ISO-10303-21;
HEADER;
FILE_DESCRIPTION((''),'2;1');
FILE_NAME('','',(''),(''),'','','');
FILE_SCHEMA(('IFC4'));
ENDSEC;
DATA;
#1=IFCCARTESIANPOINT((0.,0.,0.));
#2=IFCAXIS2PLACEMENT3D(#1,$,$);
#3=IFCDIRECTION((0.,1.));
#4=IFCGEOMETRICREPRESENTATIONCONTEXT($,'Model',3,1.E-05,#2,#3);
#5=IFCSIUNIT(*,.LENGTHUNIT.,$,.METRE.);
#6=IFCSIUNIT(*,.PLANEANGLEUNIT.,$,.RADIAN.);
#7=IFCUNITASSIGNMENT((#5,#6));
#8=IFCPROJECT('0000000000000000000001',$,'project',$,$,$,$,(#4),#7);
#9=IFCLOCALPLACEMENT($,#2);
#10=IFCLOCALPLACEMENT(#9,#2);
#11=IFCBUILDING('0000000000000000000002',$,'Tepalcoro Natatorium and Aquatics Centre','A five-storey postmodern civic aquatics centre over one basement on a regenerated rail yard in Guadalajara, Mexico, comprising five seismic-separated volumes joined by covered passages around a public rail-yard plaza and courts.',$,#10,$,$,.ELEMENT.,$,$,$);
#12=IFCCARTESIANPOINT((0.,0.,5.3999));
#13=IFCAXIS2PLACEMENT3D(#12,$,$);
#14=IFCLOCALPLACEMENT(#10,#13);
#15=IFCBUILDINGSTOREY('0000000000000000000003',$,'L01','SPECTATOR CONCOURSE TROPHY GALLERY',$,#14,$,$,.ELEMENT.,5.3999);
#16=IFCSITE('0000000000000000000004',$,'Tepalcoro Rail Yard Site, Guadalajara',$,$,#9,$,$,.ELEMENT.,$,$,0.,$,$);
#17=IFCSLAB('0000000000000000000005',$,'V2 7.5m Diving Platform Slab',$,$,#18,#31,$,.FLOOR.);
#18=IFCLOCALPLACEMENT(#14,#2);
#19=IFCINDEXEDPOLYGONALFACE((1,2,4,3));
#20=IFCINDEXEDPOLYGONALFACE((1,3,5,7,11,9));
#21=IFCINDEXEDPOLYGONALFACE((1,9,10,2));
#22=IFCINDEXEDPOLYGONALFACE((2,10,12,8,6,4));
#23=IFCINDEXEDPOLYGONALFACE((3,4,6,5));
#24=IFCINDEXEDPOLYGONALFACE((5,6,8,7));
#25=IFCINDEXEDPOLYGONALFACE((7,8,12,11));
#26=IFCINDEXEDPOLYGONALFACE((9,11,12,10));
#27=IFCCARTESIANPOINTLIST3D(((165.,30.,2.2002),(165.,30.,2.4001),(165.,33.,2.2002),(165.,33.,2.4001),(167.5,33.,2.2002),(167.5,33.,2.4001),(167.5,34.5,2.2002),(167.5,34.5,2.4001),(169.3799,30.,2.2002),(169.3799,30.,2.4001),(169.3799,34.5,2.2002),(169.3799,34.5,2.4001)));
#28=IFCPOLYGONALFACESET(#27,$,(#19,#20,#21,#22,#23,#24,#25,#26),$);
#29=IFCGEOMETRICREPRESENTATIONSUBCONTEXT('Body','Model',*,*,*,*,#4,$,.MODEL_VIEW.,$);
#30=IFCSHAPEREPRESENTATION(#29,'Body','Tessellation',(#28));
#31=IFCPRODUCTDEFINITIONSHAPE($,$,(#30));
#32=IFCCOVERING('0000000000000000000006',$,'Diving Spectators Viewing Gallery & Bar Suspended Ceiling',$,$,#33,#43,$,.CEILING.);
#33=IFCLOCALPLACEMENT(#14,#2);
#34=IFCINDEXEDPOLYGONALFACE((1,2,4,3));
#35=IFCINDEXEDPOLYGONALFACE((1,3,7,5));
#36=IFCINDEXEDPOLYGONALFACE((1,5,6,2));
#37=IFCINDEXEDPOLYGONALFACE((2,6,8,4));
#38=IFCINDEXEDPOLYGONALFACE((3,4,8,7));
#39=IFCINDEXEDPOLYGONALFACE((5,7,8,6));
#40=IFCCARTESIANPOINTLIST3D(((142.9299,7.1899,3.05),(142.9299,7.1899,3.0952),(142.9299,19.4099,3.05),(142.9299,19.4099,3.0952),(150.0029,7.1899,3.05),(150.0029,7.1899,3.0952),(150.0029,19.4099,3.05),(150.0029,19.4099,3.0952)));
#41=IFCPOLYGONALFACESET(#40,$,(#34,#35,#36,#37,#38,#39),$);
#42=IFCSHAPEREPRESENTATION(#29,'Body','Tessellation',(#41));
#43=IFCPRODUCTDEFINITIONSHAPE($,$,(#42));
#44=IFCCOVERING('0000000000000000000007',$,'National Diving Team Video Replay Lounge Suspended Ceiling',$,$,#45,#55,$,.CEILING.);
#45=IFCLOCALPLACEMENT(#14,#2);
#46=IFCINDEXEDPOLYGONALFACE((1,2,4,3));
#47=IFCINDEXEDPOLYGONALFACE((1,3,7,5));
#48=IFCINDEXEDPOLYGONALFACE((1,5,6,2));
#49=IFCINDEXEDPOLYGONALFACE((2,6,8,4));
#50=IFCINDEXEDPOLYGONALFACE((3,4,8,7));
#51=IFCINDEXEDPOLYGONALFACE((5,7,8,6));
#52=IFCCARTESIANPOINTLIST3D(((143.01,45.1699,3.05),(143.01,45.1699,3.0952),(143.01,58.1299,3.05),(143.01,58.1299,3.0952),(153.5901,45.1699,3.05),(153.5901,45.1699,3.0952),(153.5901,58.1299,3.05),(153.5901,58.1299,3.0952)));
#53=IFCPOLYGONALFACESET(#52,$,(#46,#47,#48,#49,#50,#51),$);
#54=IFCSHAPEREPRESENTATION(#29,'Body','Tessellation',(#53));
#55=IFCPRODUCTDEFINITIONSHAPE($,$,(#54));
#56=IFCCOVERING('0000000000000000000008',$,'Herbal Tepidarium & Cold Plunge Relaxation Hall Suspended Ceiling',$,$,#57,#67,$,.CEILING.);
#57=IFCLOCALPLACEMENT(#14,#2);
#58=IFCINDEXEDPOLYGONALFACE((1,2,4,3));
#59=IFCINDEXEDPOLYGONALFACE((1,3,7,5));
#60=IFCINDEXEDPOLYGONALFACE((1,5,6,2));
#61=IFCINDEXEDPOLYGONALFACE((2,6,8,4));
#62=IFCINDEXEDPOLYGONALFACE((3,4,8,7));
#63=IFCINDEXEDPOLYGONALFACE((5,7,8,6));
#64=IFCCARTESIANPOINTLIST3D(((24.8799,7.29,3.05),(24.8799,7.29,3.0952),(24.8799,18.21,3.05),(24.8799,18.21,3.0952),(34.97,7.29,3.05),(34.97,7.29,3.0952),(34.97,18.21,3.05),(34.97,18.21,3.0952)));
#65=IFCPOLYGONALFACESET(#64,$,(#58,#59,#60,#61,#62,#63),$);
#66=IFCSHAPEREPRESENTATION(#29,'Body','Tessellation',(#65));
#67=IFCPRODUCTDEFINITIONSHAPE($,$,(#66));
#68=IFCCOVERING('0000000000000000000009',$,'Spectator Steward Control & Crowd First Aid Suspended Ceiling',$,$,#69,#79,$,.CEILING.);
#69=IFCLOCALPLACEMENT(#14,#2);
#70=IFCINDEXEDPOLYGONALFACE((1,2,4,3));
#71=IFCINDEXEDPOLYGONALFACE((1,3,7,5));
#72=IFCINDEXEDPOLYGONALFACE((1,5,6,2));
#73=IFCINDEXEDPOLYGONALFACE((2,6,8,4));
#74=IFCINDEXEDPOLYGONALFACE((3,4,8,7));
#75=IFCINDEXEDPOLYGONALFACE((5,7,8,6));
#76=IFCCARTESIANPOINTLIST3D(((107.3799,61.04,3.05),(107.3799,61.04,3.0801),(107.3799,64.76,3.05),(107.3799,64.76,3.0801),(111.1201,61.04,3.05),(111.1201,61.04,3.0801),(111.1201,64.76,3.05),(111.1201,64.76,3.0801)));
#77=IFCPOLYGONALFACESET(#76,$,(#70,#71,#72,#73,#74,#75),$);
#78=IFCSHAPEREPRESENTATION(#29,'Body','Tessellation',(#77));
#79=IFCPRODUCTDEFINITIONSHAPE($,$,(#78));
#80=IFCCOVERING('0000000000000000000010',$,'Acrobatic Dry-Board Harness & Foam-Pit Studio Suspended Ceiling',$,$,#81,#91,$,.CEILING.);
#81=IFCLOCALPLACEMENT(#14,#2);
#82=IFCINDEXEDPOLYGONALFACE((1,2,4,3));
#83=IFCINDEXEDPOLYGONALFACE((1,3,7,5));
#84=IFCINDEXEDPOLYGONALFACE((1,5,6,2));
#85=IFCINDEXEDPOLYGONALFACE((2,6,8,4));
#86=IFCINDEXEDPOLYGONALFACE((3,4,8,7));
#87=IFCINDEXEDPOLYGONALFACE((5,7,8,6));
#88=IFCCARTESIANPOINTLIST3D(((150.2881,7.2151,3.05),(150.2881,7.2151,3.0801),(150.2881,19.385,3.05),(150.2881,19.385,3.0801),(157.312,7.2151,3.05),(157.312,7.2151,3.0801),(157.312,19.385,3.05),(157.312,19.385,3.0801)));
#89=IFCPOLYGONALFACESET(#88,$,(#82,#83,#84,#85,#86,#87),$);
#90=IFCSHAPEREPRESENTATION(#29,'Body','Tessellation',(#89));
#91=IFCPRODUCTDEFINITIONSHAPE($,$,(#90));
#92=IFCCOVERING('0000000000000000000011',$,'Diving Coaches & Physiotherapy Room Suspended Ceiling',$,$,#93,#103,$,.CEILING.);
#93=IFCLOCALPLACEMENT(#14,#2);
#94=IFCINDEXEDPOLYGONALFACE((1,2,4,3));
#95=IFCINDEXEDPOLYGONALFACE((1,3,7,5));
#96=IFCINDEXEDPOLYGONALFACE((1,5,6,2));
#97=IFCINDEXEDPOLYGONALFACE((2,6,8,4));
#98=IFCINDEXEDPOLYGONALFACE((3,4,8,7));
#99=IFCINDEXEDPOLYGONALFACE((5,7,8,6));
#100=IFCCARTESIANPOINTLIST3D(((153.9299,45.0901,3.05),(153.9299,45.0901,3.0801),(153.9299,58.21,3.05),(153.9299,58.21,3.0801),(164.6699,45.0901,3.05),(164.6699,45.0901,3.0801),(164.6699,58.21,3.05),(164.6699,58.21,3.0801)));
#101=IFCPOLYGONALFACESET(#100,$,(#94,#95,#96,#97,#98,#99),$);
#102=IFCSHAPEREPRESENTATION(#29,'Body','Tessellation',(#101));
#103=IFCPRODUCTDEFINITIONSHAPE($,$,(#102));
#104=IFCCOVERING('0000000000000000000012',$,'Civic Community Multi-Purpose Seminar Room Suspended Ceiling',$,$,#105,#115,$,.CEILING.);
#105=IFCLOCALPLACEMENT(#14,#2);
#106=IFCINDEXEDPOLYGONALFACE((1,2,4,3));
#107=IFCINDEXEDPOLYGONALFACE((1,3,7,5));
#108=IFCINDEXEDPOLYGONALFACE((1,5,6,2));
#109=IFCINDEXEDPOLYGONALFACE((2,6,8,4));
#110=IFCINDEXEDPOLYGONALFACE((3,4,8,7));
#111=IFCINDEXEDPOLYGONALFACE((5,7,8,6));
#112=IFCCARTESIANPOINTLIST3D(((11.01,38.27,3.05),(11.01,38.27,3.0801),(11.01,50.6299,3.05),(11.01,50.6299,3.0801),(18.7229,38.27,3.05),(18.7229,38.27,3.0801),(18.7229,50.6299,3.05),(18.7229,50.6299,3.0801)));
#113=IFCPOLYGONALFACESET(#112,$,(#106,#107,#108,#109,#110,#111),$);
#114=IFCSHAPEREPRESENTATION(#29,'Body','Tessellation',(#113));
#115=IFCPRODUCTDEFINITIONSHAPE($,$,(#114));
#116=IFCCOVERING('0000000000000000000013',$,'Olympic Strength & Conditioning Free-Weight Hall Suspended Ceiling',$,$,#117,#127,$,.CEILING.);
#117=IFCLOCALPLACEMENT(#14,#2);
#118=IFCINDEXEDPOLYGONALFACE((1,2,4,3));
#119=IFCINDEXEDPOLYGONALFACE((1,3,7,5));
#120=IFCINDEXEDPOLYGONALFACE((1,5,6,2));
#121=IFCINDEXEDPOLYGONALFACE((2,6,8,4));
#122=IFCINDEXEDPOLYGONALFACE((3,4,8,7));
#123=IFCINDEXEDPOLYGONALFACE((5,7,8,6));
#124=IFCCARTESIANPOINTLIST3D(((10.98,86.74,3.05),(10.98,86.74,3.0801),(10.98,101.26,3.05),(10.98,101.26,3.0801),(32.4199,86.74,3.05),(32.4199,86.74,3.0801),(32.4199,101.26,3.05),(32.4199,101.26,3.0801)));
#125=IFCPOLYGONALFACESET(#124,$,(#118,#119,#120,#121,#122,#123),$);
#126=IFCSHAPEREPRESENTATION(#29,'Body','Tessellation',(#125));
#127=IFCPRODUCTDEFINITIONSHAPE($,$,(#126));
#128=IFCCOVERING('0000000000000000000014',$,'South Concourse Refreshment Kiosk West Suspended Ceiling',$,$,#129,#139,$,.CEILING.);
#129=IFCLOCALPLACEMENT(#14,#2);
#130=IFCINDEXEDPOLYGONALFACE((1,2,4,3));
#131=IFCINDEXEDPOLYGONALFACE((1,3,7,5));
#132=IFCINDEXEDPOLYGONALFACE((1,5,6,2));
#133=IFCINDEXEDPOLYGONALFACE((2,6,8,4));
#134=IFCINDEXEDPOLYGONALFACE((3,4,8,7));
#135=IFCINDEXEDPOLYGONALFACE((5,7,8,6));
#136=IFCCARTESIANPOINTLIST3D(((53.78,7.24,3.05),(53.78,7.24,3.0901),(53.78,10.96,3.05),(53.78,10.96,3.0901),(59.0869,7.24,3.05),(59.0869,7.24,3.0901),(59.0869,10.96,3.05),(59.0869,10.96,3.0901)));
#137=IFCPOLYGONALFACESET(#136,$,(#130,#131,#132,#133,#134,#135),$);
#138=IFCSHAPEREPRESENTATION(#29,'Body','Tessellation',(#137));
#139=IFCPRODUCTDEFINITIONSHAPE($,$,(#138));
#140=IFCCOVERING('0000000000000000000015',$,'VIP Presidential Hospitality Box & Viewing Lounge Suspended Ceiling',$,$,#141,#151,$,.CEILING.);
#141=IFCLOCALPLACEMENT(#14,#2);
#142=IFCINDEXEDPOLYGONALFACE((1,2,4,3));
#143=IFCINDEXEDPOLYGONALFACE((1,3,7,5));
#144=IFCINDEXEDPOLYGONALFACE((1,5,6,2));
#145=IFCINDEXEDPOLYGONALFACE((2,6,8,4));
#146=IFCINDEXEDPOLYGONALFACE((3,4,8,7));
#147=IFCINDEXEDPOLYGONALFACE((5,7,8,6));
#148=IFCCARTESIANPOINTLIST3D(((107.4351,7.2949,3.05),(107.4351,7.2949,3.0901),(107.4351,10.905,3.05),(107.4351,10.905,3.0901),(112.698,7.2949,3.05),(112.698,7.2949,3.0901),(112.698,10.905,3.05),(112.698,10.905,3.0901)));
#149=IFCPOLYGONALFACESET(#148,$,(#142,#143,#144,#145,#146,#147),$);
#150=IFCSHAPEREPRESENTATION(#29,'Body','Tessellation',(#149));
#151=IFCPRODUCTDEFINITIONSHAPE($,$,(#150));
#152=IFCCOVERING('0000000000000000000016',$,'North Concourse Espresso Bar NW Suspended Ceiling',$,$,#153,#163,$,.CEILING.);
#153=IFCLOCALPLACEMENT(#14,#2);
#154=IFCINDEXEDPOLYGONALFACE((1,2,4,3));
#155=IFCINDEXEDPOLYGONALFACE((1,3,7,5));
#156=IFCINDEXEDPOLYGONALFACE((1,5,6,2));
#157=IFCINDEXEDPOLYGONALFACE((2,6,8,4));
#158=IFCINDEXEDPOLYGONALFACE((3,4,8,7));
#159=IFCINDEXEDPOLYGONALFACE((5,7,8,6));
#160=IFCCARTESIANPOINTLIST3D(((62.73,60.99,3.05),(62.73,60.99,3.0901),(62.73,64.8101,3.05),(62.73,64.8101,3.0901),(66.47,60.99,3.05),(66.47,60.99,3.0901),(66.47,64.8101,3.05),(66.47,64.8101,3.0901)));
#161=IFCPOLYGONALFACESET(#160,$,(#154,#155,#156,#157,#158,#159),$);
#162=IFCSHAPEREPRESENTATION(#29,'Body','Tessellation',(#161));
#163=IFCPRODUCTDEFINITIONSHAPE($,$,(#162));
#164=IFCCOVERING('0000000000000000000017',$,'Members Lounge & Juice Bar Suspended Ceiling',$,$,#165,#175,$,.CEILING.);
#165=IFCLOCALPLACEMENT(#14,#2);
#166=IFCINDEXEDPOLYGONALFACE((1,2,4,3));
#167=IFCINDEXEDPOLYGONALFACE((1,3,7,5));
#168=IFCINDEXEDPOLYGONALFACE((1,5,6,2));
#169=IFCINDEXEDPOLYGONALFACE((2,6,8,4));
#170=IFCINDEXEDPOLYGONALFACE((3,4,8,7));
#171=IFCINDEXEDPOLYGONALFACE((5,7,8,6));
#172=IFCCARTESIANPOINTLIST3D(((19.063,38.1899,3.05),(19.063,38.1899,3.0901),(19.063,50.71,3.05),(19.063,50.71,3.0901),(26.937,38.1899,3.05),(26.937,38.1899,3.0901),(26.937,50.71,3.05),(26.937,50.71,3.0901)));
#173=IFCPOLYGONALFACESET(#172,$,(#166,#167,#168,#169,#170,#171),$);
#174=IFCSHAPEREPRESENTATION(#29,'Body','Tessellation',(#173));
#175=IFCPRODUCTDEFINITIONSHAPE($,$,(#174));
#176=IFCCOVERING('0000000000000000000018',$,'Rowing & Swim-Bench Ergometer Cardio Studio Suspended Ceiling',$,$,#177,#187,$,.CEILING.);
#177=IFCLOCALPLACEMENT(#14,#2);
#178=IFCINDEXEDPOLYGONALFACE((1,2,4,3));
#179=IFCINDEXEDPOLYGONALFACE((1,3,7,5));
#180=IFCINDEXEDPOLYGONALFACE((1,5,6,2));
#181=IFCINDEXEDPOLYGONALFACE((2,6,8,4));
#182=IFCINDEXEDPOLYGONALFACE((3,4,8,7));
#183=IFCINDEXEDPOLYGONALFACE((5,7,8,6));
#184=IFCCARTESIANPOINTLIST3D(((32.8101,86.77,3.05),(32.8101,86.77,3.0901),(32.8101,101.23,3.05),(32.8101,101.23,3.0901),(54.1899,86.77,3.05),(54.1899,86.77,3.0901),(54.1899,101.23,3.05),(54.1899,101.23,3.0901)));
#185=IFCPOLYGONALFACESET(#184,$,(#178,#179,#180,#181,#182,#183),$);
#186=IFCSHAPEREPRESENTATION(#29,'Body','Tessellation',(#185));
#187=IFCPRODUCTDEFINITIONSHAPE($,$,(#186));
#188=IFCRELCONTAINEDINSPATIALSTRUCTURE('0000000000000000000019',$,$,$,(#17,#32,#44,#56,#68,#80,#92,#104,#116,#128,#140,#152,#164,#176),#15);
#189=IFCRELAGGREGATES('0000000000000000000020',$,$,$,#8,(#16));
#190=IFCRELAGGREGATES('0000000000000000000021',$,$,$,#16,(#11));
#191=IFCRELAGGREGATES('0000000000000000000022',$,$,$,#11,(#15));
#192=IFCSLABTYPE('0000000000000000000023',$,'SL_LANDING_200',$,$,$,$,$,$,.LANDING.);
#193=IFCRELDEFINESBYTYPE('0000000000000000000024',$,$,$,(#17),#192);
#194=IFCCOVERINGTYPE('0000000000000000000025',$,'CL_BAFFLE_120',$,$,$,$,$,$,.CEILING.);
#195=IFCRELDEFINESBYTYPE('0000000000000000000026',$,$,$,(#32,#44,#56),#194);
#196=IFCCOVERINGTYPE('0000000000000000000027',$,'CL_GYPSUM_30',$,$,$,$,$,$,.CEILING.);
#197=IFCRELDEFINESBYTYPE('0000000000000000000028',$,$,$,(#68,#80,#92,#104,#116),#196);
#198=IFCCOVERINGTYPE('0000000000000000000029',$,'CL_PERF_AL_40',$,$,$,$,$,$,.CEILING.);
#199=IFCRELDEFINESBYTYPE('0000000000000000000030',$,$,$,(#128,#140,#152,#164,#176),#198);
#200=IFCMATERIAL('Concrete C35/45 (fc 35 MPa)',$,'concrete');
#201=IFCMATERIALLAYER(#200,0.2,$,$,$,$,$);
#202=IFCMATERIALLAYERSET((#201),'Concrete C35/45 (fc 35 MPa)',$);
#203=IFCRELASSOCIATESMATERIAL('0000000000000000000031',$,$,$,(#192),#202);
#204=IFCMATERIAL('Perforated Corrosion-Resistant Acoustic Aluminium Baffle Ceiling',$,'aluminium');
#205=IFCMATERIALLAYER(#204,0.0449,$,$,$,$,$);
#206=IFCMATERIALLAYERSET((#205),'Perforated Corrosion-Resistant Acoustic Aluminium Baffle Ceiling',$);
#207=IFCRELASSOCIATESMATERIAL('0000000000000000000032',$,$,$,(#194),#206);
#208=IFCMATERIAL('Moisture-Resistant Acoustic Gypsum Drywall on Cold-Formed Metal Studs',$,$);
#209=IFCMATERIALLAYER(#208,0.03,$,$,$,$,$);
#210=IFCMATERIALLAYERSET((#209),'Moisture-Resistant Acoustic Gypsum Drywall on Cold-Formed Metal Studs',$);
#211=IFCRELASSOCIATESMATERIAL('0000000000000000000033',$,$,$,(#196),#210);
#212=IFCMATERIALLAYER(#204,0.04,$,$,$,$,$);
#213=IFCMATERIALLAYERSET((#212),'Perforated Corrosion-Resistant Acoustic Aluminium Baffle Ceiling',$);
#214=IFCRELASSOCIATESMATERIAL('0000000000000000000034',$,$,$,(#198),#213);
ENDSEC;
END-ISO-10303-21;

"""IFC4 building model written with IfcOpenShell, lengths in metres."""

from ifc_helpers import new_model, si_unit, direction, frame, origin, place, context, subcontext, project, spatial, polyline, outline, extrude, material, layer, layer_set, type_object, element, save


model = new_model("IFC4")

# Units and contexts
model_context = context("Model", 3, precision=1e-05, world=origin(), true_north=direction((0.0, 1.0)))
body_context = subcontext(model_context, "Body", "Model", "MODEL_VIEW")
ifc_project = project(units=[si_unit("LENGTHUNIT", "METRE"), si_unit("PLANEANGLEUNIT", "RADIAN")], contexts=[model_context])

# Site, building, storey
site_placement = place(None, origin())
site = spatial("IfcSite", under=ifc_project, at=site_placement, Name="Tepalcoro Rail Yard Site, Guadalajara", CompositionType="ELEMENT", RefElevation=0.0)
building_placement = place(site_placement, origin())
building = spatial("IfcBuilding", under=site, at=building_placement, Name="Tepalcoro Natatorium and Aquatics Centre", Description="A five-storey postmodern civic aquatics centre over one basement on a regenerated rail yard in Guadalajara, Mexico, comprising five seismic-separated volumes joined by covered passages around a public rail-yard plaza and courts.", CompositionType="ELEMENT")
storey_placement = place(building_placement, frame((0.0, 0.0, 5.3999)))
storey = spatial("IfcBuildingStorey", under=building, at=storey_placement, Name="L01", Description="SPECTATOR CONCOURSE TROPHY GALLERY", CompositionType="ELEMENT", Elevation=5.3999)

# Slab
ifc_material_1 = material(Name="Concrete C35/45 (fc 35 MPa)", Category="concrete")
ifc_layer_1 = layer(ifc_material_1, 0.2)
ifc_layer_set_1 = layer_set([ifc_layer_1], Name="Concrete C35/45 (fc 35 MPa)")
slab_type = type_object("IfcSlabType", Name="SL_LANDING_200", PredefinedType="LANDING", material=ifc_layer_set_1)
slab_placement = place(storey_placement, frame((0.0, 0.0, 2.2002)))
element("IfcSlab", 1, at=slab_placement, inside=storey, type_object=slab_type, Name="V2 7.5m Diving Platform Slab", PredefinedType="FLOOR", context=body_context, shape_type="SweptSolid", body=[
    extrude(outline(polyline([(165.0, 30.0), (169.3799, 30.0), (169.3799, 34.5), (167.5, 34.5), (167.5, 33.0), (165.0, 33.0), (165.0, 30.0)])), origin(), (0.0, 0.0, 1.0), 0.2),
])

# Coverings
ifc_material_2 = material(Name="Perforated Corrosion-Resistant Acoustic Aluminium Baffle Ceiling", Category="aluminium")
ifc_layer_2 = layer(ifc_material_2, 0.0449)
ifc_layer_set_2 = layer_set([ifc_layer_2], Name="Perforated Corrosion-Resistant Acoustic Aluminium Baffle Ceiling")
covering_type_1 = type_object("IfcCoveringType", Name="CL_BAFFLE_120", PredefinedType="CEILING", material=ifc_layer_set_2)
covering_1_placement = place(storey_placement, frame((0.0, 0.0, 3.05)))
element("IfcCovering", 2, at=covering_1_placement, inside=storey, type_object=covering_type_1, Name="Diving Spectators Viewing Gallery & Bar Suspended Ceiling", PredefinedType="CEILING", context=body_context, shape_type="SweptSolid", body=[
    extrude(outline(polyline([(142.9299, 7.1899), (142.9299, 19.4099), (150.0029, 19.4099), (150.0029, 7.1899), (142.9299, 7.1899)])), origin(), (0.0, 0.0, 1.0), 0.0452),
])
covering_2_placement = place(storey_placement, frame((0.0, 0.0, 3.05)))
element("IfcCovering", 3, at=covering_2_placement, inside=storey, type_object=covering_type_1, Name="National Diving Team Video Replay Lounge Suspended Ceiling", PredefinedType="CEILING", context=body_context, shape_type="SweptSolid", body=[
    extrude(outline(polyline([(143.01, 45.1699), (143.01, 58.1299), (153.5901, 58.1299), (153.5901, 45.1699), (143.01, 45.1699)])), origin(), (0.0, 0.0, 1.0), 0.0452),
])
covering_3_placement = place(storey_placement, frame((0.0, 0.0, 3.05)))
element("IfcCovering", 4, at=covering_3_placement, inside=storey, type_object=covering_type_1, Name="Herbal Tepidarium & Cold Plunge Relaxation Hall Suspended Ceiling", PredefinedType="CEILING", context=body_context, shape_type="SweptSolid", body=[
    extrude(outline(polyline([(24.8799, 7.29), (24.8799, 18.21), (34.97, 18.21), (34.97, 7.29), (24.8799, 7.29)])), origin(), (0.0, 0.0, 1.0), 0.0452),
])
ifc_material_3 = material(Name="Moisture-Resistant Acoustic Gypsum Drywall on Cold-Formed Metal Studs")
ifc_layer_3 = layer(ifc_material_3, 0.03)
ifc_layer_set_3 = layer_set([ifc_layer_3], Name="Moisture-Resistant Acoustic Gypsum Drywall on Cold-Formed Metal Studs")
covering_type_2 = type_object("IfcCoveringType", Name="CL_GYPSUM_30", PredefinedType="CEILING", material=ifc_layer_set_3)
covering_4_placement = place(storey_placement, frame((0.0, 0.0, 3.05)))
element("IfcCovering", 5, at=covering_4_placement, inside=storey, type_object=covering_type_2, Name="Spectator Steward Control & Crowd First Aid Suspended Ceiling", PredefinedType="CEILING", context=body_context, shape_type="SweptSolid", body=[
    extrude(outline(polyline([(107.3799, 61.04), (107.3799, 64.76), (111.1201, 64.76), (111.1201, 61.04), (107.3799, 61.04)])), origin(), (0.0, 0.0, 1.0), 0.03),
])
covering_5_placement = place(storey_placement, frame((0.0, 0.0, 3.05)))
element("IfcCovering", 6, at=covering_5_placement, inside=storey, type_object=covering_type_2, Name="Acrobatic Dry-Board Harness & Foam-Pit Studio Suspended Ceiling", PredefinedType="CEILING", context=body_context, shape_type="SweptSolid", body=[
    extrude(outline(polyline([(150.2881, 7.2151), (150.2881, 19.385), (157.312, 19.385), (157.312, 7.2151), (150.2881, 7.2151)])), origin(), (0.0, 0.0, 1.0), 0.03),
])
covering_6_placement = place(storey_placement, frame((0.0, 0.0, 3.05)))
element("IfcCovering", 7, at=covering_6_placement, inside=storey, type_object=covering_type_2, Name="Diving Coaches & Physiotherapy Room Suspended Ceiling", PredefinedType="CEILING", context=body_context, shape_type="SweptSolid", body=[
    extrude(outline(polyline([(153.9299, 45.0901), (153.9299, 58.21), (164.6699, 58.21), (164.6699, 45.0901), (153.9299, 45.0901)])), origin(), (0.0, 0.0, 1.0), 0.03),
])
covering_7_placement = place(storey_placement, frame((0.0, 0.0, 3.05)))
element("IfcCovering", 8, at=covering_7_placement, inside=storey, type_object=covering_type_2, Name="Civic Community Multi-Purpose Seminar Room Suspended Ceiling", PredefinedType="CEILING", context=body_context, shape_type="SweptSolid", body=[
    extrude(outline(polyline([(11.01, 38.27), (11.01, 50.6299), (18.7229, 50.6299), (18.7229, 38.27), (11.01, 38.27)])), origin(), (0.0, 0.0, 1.0), 0.03),
])
covering_8_placement = place(storey_placement, frame((0.0, 0.0, 3.05)))
element("IfcCovering", 9, at=covering_8_placement, inside=storey, type_object=covering_type_2, Name="Olympic Strength & Conditioning Free-Weight Hall Suspended Ceiling", PredefinedType="CEILING", context=body_context, shape_type="SweptSolid", body=[
    extrude(outline(polyline([(10.98, 86.74), (10.98, 101.26), (32.4199, 101.26), (32.4199, 86.74), (10.98, 86.74)])), origin(), (0.0, 0.0, 1.0), 0.03),
])
ifc_layer_4 = layer(ifc_material_2, 0.04)
ifc_layer_set_4 = layer_set([ifc_layer_4], Name="Perforated Corrosion-Resistant Acoustic Aluminium Baffle Ceiling")
covering_type_3 = type_object("IfcCoveringType", Name="CL_PERF_AL_40", PredefinedType="CEILING", material=ifc_layer_set_4)
covering_9_placement = place(storey_placement, frame((0.0, 0.0, 3.05)))
element("IfcCovering", 10, at=covering_9_placement, inside=storey, type_object=covering_type_3, Name="South Concourse Refreshment Kiosk West Suspended Ceiling", PredefinedType="CEILING", context=body_context, shape_type="SweptSolid", body=[
    extrude(outline(polyline([(53.78, 7.24), (53.78, 10.96), (59.0869, 10.96), (59.0869, 7.24), (53.78, 7.24)])), origin(), (0.0, 0.0, 1.0), 0.04),
])
covering_10_placement = place(storey_placement, frame((0.0, 0.0, 3.05)))
element("IfcCovering", 11, at=covering_10_placement, inside=storey, type_object=covering_type_3, Name="VIP Presidential Hospitality Box & Viewing Lounge Suspended Ceiling", PredefinedType="CEILING", context=body_context, shape_type="SweptSolid", body=[
    extrude(outline(polyline([(107.4351, 7.2949), (107.4351, 10.905), (112.698, 10.905), (112.698, 7.2949), (107.4351, 7.2949)])), origin(), (0.0, 0.0, 1.0), 0.04),
])
covering_11_placement = place(storey_placement, frame((0.0, 0.0, 3.05)))
element("IfcCovering", 12, at=covering_11_placement, inside=storey, type_object=covering_type_3, Name="North Concourse Espresso Bar NW Suspended Ceiling", PredefinedType="CEILING", context=body_context, shape_type="SweptSolid", body=[
    extrude(outline(polyline([(62.73, 60.99), (62.73, 64.8101), (66.47, 64.8101), (66.47, 60.99), (62.73, 60.99)])), origin(), (0.0, 0.0, 1.0), 0.04),
])
covering_12_placement = place(storey_placement, frame((0.0, 0.0, 3.05)))
element("IfcCovering", 13, at=covering_12_placement, inside=storey, type_object=covering_type_3, Name="Members Lounge & Juice Bar Suspended Ceiling", PredefinedType="CEILING", context=body_context, shape_type="SweptSolid", body=[
    extrude(outline(polyline([(19.063, 38.1899), (19.063, 50.71), (26.937, 50.71), (26.937, 38.1899), (19.063, 38.1899)])), origin(), (0.0, 0.0, 1.0), 0.04),
])
covering_13_placement = place(storey_placement, frame((0.0, 0.0, 3.05)))
element("IfcCovering", 14, at=covering_13_placement, inside=storey, type_object=covering_type_3, Name="Rowing & Swim-Bench Ergometer Cardio Studio Suspended Ceiling", PredefinedType="CEILING", context=body_context, shape_type="SweptSolid", body=[
    extrude(outline(polyline([(32.8101, 86.77), (32.8101, 101.23), (54.1899, 101.23), (54.1899, 86.77), (32.8101, 86.77)])), origin(), (0.0, 0.0, 1.0), 0.04),
])

save(model, "model.ifc")
